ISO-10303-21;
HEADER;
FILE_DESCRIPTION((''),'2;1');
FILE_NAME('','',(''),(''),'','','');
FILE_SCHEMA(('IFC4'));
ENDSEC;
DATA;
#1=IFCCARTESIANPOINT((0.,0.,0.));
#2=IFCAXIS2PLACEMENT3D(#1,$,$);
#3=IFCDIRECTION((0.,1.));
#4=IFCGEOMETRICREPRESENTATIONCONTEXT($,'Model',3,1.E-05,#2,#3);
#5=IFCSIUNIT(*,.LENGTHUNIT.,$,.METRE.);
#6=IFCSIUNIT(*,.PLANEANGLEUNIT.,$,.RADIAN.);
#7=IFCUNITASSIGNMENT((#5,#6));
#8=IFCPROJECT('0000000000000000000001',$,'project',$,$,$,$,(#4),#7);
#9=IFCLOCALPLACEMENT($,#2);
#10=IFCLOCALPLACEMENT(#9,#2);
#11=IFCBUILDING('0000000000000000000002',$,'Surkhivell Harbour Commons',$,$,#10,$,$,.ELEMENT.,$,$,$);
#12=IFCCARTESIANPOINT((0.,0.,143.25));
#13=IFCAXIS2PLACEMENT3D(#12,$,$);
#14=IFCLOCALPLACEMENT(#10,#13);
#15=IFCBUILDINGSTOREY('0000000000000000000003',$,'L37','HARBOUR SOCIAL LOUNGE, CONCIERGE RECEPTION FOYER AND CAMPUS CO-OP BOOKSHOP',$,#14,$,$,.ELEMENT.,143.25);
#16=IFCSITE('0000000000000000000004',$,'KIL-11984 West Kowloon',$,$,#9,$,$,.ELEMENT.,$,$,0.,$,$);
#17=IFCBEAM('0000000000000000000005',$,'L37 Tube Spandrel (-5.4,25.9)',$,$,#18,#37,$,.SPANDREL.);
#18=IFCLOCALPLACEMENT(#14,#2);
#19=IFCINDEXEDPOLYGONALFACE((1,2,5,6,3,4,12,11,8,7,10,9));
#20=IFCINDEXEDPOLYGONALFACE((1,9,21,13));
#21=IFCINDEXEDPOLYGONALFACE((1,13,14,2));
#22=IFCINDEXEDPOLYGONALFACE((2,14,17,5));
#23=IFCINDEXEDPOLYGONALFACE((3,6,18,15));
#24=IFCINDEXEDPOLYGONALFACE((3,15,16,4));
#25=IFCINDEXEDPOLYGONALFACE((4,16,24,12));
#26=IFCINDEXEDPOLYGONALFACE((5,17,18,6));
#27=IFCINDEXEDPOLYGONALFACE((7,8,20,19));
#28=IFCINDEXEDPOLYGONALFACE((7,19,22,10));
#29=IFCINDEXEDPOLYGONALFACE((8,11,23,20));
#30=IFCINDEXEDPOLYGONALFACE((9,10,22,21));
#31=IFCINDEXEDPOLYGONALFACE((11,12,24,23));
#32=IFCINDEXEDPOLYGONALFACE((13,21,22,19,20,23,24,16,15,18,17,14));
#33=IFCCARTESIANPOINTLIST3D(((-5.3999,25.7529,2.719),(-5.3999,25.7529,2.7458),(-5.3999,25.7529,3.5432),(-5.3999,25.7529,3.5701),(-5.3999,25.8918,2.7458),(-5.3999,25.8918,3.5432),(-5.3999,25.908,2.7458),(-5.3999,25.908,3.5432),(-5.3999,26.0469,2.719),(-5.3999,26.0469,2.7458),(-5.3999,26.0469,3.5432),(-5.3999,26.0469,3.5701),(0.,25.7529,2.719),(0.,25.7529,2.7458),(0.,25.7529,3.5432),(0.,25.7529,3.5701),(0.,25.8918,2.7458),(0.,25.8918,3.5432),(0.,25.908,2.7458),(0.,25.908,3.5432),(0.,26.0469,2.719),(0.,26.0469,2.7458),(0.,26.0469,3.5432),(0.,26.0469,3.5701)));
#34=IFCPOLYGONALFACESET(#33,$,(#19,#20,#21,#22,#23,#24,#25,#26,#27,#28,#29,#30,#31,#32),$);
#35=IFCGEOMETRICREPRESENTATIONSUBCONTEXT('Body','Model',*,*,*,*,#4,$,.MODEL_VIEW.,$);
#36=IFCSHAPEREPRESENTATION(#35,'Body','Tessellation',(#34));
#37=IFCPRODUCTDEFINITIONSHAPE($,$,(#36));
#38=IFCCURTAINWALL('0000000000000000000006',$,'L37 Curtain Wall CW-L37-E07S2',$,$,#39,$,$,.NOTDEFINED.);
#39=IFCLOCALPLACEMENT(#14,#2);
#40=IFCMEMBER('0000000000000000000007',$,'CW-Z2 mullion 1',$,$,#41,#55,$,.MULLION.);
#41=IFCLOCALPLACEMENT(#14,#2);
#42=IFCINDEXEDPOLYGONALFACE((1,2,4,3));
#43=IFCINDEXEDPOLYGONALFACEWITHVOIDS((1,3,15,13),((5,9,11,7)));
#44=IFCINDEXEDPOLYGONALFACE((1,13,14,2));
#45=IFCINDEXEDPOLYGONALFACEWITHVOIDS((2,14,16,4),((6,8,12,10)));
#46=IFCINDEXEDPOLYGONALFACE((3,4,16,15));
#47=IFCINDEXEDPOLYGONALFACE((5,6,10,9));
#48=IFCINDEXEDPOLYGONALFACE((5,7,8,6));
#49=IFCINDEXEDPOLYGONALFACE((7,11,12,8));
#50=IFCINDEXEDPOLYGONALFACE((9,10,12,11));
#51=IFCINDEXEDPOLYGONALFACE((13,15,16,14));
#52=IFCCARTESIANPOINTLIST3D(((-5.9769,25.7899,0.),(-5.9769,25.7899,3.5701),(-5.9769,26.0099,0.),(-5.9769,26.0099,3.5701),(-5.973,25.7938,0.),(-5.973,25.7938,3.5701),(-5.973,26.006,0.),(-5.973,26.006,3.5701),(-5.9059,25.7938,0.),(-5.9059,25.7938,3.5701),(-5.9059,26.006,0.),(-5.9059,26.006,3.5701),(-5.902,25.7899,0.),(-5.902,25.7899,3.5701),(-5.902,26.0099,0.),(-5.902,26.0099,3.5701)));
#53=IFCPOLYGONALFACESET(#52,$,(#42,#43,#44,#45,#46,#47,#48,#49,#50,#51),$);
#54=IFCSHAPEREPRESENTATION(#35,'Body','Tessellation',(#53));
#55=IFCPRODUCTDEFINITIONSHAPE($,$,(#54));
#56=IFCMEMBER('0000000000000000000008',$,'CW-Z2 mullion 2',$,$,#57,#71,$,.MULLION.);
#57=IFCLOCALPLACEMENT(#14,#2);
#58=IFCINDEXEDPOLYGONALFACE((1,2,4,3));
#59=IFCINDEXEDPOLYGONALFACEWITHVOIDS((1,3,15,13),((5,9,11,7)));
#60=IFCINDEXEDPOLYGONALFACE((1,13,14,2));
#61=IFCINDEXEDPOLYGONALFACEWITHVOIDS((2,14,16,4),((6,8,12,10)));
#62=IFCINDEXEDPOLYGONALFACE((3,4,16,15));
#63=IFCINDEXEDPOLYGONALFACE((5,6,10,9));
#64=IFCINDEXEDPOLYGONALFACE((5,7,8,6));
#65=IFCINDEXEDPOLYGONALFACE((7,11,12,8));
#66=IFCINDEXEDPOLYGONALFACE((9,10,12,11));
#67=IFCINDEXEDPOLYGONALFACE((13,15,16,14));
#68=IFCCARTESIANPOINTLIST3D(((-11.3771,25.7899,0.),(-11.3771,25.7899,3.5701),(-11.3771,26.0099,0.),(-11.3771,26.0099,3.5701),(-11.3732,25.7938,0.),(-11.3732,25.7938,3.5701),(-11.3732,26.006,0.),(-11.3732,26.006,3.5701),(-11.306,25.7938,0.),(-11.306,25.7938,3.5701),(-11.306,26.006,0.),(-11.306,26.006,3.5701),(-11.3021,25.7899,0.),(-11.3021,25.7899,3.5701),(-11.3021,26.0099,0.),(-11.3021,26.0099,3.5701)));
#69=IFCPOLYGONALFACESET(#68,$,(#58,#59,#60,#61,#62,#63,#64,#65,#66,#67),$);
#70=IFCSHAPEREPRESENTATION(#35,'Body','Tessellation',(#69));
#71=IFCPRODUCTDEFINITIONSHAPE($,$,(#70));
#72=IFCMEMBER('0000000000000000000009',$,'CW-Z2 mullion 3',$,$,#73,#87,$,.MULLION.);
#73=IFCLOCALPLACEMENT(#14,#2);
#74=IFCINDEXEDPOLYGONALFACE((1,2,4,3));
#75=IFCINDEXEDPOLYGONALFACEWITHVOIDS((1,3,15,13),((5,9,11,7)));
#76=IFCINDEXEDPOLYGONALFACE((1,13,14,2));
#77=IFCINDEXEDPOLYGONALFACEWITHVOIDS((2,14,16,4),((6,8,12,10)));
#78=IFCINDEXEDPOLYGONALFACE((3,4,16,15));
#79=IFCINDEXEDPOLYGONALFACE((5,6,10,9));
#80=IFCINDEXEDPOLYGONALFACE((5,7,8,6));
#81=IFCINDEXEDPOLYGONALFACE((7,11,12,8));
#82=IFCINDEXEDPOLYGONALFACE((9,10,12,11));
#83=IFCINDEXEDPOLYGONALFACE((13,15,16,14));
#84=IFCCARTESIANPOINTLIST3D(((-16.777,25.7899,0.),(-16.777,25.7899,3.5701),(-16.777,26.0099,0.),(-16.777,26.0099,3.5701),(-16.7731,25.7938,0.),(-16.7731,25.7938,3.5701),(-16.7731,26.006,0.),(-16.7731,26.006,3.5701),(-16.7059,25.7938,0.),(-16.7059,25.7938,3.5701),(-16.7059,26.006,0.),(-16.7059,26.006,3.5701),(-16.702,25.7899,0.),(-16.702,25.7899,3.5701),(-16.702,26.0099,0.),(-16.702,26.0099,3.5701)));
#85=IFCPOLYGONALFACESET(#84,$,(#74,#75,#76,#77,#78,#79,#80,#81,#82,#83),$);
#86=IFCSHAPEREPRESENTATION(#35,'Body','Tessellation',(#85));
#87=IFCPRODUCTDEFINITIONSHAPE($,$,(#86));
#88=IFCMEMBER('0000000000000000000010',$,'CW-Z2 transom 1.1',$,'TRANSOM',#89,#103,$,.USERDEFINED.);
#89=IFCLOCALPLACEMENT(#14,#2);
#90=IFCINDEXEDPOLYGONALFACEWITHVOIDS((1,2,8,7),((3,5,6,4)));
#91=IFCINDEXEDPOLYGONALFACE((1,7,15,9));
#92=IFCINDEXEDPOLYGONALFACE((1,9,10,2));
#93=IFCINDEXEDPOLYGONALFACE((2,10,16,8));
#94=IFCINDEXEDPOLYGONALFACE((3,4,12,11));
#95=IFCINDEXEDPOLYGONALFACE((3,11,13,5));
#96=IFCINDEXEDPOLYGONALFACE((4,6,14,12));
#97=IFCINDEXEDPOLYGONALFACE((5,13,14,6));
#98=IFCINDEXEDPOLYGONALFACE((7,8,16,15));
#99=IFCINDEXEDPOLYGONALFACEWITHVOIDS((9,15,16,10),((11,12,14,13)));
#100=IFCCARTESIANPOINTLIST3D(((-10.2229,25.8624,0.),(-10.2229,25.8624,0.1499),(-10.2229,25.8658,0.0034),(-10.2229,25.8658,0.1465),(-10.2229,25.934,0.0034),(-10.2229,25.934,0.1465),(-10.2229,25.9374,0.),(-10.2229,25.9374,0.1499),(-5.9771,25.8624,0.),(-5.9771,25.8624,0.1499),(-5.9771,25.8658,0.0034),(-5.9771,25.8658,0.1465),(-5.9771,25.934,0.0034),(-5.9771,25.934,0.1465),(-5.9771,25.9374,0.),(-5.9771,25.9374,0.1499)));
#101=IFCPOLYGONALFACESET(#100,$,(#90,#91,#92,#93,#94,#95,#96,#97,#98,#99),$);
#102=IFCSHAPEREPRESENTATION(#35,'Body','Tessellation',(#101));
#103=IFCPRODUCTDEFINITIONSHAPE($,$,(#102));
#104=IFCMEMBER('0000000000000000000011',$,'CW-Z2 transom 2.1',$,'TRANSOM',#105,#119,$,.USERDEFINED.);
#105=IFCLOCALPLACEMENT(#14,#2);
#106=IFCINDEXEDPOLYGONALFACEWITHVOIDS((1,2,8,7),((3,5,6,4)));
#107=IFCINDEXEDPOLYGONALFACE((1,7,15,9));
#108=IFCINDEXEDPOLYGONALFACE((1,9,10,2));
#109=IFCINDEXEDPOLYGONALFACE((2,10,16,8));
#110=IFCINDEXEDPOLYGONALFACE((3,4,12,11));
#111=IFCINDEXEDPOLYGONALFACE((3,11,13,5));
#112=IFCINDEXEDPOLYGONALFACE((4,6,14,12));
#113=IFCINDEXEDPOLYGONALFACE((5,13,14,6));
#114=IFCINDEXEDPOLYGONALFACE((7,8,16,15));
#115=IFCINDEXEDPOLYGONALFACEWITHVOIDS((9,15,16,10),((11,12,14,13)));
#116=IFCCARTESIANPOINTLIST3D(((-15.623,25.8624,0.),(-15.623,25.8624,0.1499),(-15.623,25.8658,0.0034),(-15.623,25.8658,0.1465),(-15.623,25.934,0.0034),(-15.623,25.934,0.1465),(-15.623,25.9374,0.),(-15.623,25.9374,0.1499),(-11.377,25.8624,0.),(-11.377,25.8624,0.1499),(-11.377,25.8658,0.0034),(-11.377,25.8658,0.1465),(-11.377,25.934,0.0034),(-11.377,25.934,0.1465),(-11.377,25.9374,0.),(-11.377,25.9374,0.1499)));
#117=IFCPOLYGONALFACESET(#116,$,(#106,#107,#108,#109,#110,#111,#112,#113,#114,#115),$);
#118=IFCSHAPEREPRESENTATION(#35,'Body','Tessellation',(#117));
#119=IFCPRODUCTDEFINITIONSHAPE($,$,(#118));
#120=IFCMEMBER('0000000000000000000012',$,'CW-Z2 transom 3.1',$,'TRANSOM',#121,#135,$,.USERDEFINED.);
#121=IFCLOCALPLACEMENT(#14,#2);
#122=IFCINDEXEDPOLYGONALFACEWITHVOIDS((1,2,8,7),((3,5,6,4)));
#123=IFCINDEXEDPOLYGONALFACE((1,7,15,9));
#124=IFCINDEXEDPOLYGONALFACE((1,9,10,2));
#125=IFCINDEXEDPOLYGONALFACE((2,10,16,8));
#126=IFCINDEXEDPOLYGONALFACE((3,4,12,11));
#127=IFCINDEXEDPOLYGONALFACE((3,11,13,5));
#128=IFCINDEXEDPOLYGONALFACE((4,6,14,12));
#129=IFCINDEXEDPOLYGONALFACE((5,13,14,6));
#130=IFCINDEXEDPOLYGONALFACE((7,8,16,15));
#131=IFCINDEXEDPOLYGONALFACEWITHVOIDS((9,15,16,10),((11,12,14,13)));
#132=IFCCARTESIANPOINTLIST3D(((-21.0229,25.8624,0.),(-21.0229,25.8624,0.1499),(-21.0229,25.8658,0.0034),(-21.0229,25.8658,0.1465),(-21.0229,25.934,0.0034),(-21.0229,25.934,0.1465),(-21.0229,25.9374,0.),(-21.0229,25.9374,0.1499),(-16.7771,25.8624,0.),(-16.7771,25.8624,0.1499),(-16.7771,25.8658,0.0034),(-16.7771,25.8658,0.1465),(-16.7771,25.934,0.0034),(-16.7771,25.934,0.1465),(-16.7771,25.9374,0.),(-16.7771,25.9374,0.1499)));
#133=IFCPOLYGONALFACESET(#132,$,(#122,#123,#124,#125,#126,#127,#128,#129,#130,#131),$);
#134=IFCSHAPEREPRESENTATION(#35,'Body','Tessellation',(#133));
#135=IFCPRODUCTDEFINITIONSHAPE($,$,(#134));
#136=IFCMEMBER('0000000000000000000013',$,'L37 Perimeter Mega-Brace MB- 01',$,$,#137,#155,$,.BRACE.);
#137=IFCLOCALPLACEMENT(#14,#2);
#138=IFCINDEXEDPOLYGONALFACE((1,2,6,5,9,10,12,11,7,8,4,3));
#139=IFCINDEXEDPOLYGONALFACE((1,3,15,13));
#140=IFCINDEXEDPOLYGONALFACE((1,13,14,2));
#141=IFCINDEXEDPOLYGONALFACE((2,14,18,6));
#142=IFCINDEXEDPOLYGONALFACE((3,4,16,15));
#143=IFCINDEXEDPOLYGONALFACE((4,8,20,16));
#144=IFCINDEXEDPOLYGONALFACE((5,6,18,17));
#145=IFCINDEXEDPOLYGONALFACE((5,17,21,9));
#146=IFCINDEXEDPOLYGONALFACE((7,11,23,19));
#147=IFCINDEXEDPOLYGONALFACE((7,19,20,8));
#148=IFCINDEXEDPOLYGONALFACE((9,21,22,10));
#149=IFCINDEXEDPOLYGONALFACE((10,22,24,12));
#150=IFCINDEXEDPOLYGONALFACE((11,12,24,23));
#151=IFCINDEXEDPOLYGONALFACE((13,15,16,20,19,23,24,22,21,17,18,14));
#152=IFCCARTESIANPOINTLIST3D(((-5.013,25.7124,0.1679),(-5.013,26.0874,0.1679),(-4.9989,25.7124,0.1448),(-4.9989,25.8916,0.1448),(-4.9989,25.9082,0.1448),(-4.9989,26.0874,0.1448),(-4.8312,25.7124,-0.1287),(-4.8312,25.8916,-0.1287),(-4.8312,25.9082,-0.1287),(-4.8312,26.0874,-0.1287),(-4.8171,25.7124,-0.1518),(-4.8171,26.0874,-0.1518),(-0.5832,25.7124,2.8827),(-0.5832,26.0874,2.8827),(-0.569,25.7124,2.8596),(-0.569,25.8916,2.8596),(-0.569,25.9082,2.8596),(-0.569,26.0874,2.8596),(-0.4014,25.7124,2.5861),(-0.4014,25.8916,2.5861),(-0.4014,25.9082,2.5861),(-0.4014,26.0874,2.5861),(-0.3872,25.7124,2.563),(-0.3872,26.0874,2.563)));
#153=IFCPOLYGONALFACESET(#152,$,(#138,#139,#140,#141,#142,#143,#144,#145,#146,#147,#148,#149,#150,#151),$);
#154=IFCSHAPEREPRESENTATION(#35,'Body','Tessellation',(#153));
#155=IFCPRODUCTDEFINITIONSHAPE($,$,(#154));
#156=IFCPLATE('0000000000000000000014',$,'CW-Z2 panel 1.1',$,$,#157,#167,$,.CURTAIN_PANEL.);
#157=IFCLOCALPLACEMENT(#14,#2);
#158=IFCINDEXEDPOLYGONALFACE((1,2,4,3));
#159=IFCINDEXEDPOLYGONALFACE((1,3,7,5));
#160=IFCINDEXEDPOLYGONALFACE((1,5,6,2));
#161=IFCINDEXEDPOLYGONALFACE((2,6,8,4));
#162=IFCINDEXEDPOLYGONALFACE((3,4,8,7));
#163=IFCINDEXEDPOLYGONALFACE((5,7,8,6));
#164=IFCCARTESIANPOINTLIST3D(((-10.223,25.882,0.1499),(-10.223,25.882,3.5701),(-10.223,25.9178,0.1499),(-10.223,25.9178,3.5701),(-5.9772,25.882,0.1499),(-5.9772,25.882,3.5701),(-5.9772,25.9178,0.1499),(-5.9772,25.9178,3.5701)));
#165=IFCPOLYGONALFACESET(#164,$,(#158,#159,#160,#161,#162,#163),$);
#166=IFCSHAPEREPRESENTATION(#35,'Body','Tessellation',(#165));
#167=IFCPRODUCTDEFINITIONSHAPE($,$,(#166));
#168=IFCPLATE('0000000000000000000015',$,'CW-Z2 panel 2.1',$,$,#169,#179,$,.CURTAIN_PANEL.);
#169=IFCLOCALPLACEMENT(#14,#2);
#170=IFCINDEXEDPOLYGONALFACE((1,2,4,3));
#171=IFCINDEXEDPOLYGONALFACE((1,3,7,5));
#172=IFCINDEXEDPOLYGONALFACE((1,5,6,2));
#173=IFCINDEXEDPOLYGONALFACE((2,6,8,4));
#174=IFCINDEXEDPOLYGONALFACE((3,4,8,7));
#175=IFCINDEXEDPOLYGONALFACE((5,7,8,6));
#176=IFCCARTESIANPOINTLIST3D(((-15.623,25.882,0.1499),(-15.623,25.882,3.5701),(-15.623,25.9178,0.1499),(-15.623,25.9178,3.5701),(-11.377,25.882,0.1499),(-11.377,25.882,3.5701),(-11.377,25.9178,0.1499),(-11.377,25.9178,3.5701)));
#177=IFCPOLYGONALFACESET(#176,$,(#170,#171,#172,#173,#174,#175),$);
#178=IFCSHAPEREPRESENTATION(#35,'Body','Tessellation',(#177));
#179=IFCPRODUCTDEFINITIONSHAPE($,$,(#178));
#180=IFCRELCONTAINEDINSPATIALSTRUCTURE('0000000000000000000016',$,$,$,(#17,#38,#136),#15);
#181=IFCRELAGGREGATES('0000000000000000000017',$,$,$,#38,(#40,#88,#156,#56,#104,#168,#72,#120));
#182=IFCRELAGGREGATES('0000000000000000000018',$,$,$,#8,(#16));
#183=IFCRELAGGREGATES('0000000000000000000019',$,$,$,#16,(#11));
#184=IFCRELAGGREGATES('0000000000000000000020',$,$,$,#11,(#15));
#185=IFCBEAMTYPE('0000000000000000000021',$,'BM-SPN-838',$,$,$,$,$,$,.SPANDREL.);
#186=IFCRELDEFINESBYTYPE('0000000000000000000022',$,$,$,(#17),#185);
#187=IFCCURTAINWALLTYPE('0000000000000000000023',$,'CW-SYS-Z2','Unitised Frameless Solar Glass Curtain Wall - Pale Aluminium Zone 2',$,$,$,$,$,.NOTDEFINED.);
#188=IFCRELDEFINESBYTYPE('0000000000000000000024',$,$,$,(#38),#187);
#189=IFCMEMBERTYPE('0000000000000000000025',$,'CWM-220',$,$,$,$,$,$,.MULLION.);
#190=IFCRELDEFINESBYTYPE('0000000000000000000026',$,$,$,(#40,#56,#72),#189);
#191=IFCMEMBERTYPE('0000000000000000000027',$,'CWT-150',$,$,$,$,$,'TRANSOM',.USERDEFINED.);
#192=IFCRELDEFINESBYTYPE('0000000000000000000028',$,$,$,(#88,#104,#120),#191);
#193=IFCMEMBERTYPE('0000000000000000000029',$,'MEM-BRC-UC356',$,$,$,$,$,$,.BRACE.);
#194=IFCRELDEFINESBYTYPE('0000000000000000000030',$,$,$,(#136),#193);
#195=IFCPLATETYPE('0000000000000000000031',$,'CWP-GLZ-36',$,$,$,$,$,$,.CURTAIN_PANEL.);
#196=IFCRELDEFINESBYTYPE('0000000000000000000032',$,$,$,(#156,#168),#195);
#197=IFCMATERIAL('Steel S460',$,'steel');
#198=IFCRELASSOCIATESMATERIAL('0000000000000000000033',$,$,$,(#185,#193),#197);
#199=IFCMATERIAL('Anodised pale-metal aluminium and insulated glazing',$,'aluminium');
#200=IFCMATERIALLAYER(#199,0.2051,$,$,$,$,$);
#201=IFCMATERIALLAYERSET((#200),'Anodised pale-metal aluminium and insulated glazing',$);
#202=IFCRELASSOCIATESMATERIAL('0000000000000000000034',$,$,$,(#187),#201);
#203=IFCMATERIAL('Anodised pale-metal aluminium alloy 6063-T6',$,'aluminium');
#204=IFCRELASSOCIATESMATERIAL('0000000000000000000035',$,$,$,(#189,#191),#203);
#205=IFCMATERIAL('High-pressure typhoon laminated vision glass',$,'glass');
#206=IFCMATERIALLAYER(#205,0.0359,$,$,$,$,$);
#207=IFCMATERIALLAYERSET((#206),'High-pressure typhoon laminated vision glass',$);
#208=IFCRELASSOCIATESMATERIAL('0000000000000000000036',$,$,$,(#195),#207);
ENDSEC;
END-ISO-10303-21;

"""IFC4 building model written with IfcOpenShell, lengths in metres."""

from ifc_helpers import new_model, si_unit, direction, frame, frame_2d, origin, origin_2d, place, context, subcontext, project, spatial, rectangle, hollow_rectangle, i_section, extrude, material, layer, layer_set, material_profile, profile_set, type_object, element, aggregate, save


model = new_model("IFC4")

# Units and contexts
model_context = context("Model", 3, precision=1e-05, world=origin(), true_north=direction((0.0, 1.0)))
body_context = subcontext(model_context, "Body", "Model", "MODEL_VIEW")
ifc_project = project(units=[si_unit("LENGTHUNIT", "METRE"), si_unit("PLANEANGLEUNIT", "RADIAN")], contexts=[model_context])

# Site, building, storey
site_placement = place(None, origin())
site = spatial("IfcSite", under=ifc_project, at=site_placement, Name="KIL-11984 West Kowloon", CompositionType="ELEMENT", RefElevation=0.0)
building_placement = place(site_placement, origin())
building = spatial("IfcBuilding", under=site, at=building_placement, Name="Surkhivell Harbour Commons", CompositionType="ELEMENT")
storey_placement = place(building_placement, frame((0.0, 0.0, 143.25)))
storey = spatial("IfcBuildingStorey", under=building, at=storey_placement, Name="L37", Description="HARBOUR SOCIAL LOUNGE, CONCIERGE RECEPTION FOYER AND CAMPUS CO-OP BOOKSHOP", CompositionType="ELEMENT", Elevation=143.25)

# Beam
ifc_material_1 = material(Name="Steel S460", Category="steel")
ifc_material_profile_1 = material_profile(ifc_material_1, i_section(OverallWidth=0.2939, OverallDepth=0.8511, WebThickness=0.0161, FlangeThickness=0.0269, at=origin_2d()), Name="UB838x292x226")
ifc_profile_set_1 = profile_set([ifc_material_profile_1], Name="Steel S460")
beam_type_1 = type_object("IfcBeamType", Name="BM-SPN-838", PredefinedType="SPANDREL", material=ifc_profile_set_1)
beam_1_placement = place(storey_placement, frame((-5.3999, 25.8999, 3.1445), z_axis=(1.0, 0.0, 0.0), x_axis=(0.0, 1.0, 0.0)))
element("IfcBeam", 1, at=beam_1_placement, inside=storey, type_object=beam_type_1, Name="L37 Tube Spandrel (-5.4,25.9)", PredefinedType="SPANDREL", context=body_context, shape_type="SweptSolid", body=[
    extrude(i_section(OverallWidth=0.2939, OverallDepth=0.8511, WebThickness=0.0161, FlangeThickness=0.0269, at=origin_2d()), origin(), (0.0, 0.0, 1.0), 5.3999),
])

# Curtain wall, members
ifc_material_2 = material(Name="Anodised pale-metal aluminium and insulated glazing", Category="aluminium")
ifc_layer_1 = layer(ifc_material_2, 0.2051)
ifc_layer_set_1 = layer_set([ifc_layer_1], Name="Anodised pale-metal aluminium and insulated glazing")
curtain_wall_type = type_object("IfcCurtainWallType", Name="CW-SYS-Z2", Description="Unitised Frameless Solar Glass Curtain Wall - Pale Aluminium Zone 2", PredefinedType="NOTDEFINED", material=ifc_layer_set_1)
curtain_wall_placement = place(storey_placement, origin())
curtain_wall = element("IfcCurtainWall", 2, at=curtain_wall_placement, inside=storey, type_object=curtain_wall_type, Name="L37 Curtain Wall CW-L37-E07S2", PredefinedType="NOTDEFINED")
ifc_material_3 = material(Name="Anodised pale-metal aluminium alloy 6063-T6", Category="aluminium")
ifc_material_profile_2 = material_profile(ifc_material_3, hollow_rectangle(XDim=0.075, YDim=0.22, WallThickness=0.0039, at=origin_2d()), Name="ALU-MULL-75x220")
ifc_profile_set_2 = profile_set([ifc_material_profile_2], Name="Anodised pale-metal aluminium alloy 6063-T6")
member_type_1 = type_object("IfcMemberType", Name="CWM-220", PredefinedType="MULLION", material=ifc_profile_set_2)
member_1_placement = place(storey_placement, frame((-5.9395, 25.8999, 0.0), z_axis=(0.0, 0.0, 1.0), x_axis=(-1.0, 0.0, 0.0)))
member_1 = element("IfcMember", 3, at=member_1_placement, type_object=member_type_1, Name="CW-Z2 mullion 1", PredefinedType="MULLION", context=body_context, shape_type="SweptSolid", body=[
    extrude(hollow_rectangle(XDim=0.075, YDim=0.22, WallThickness=0.0039, at=origin_2d()), origin(), (0.0, 0.0, 1.0), 3.5701),
])
member_2_placement = place(storey_placement, frame((-11.3396, 25.8999, 0.0), z_axis=(0.0, 0.0, 1.0), x_axis=(-1.0, 0.0, 0.0)))
member_2 = element("IfcMember", 4, at=member_2_placement, type_object=member_type_1, Name="CW-Z2 mullion 2", PredefinedType="MULLION", context=body_context, shape_type="SweptSolid", body=[
    extrude(hollow_rectangle(XDim=0.075, YDim=0.22, WallThickness=0.0039, at=origin_2d()), origin(), (0.0, 0.0, 1.0), 3.5701),
])
member_3_placement = place(storey_placement, frame((-16.7395, 25.8999, 0.0), z_axis=(0.0, 0.0, 1.0), x_axis=(-1.0, 0.0, 0.0)))
member_3 = element("IfcMember", 5, at=member_3_placement, type_object=member_type_1, Name="CW-Z2 mullion 3", PredefinedType="MULLION", context=body_context, shape_type="SweptSolid", body=[
    extrude(hollow_rectangle(XDim=0.075, YDim=0.22, WallThickness=0.0039, at=origin_2d()), origin(), (0.0, 0.0, 1.0), 3.5701),
])
ifc_material_profile_3 = material_profile(ifc_material_3, hollow_rectangle(XDim=0.075, YDim=0.1499, WallThickness=0.0034, at=origin_2d()), Name="ALU-TRAN-75x150")
ifc_profile_set_3 = profile_set([ifc_material_profile_3], Name="Anodised pale-metal aluminium alloy 6063-T6")
member_type_2 = type_object("IfcMemberType", Name="CWT-150", ElementType="TRANSOM", PredefinedType="USERDEFINED", material=ifc_profile_set_3)
member_4_placement = place(storey_placement, frame((-5.9771, 25.8999, 0.075), z_axis=(-1.0, 0.0, 0.0), x_axis=(0.0, -1.0, 0.0)))
member_4 = element("IfcMember", 6, at=member_4_placement, type_object=member_type_2, Name="CW-Z2 transom 1.1", ObjectType="TRANSOM", PredefinedType="USERDEFINED", context=body_context, shape_type="SweptSolid", body=[
    extrude(hollow_rectangle(XDim=0.075, YDim=0.1499, WallThickness=0.0034, at=origin_2d()), origin(), (0.0, 0.0, 1.0), 4.2458),
])
member_5_placement = place(storey_placement, frame((-11.377, 25.8999, 0.075), z_axis=(-1.0, 0.0, 0.0), x_axis=(0.0, -1.0, 0.0)))
member_5 = element("IfcMember", 7, at=member_5_placement, type_object=member_type_2, Name="CW-Z2 transom 2.1", ObjectType="TRANSOM", PredefinedType="USERDEFINED", context=body_context, shape_type="SweptSolid", body=[
    extrude(hollow_rectangle(XDim=0.075, YDim=0.1499, WallThickness=0.0034, at=origin_2d()), origin(), (0.0, 0.0, 1.0), 4.2461),
])
member_6_placement = place(storey_placement, frame((-16.7771, 25.8999, 0.075), z_axis=(-1.0, 0.0, 0.0), x_axis=(0.0, -1.0, 0.0)))
member_6 = element("IfcMember", 8, at=member_6_placement, type_object=member_type_2, Name="CW-Z2 transom 3.1", ObjectType="TRANSOM", PredefinedType="USERDEFINED", context=body_context, shape_type="SweptSolid", body=[
    extrude(hollow_rectangle(XDim=0.075, YDim=0.1499, WallThickness=0.0034, at=origin_2d()), origin(), (0.0, 0.0, 1.0), 4.2458),
])

# Member
ifc_material_profile_4 = material_profile(ifc_material_1, i_section(OverallWidth=0.375, OverallDepth=0.375, WebThickness=0.0166, FlangeThickness=0.0271, at=origin_2d()), Name="UC356x368x202")
ifc_profile_set_4 = profile_set([ifc_material_profile_4], Name="Steel S460")
member_type_3 = type_object("IfcMemberType", Name="MEM-BRC-UC356", PredefinedType="BRACE", material=ifc_profile_set_4)
member_7_placement = place(storey_placement, frame((-4.915, 25.8999, 0.0081), z_axis=(0.852625, 0.0, 0.522523), x_axis=(0.0, 1.0, 0.0)))
element("IfcMember", 9, at=member_7_placement, inside=storey, type_object=member_type_3, Name="L37 Perimeter Mega-Brace MB- 01", PredefinedType="BRACE", context=body_context, shape_type="SweptSolid", body=[
    extrude(i_section(OverallWidth=0.375, OverallDepth=0.375, WebThickness=0.0166, FlangeThickness=0.0271, at=origin_2d()), origin(), (0.0, 0.0, 1.0), 5.1956),
])

# Plates
ifc_material_4 = material(Name="High-pressure typhoon laminated vision glass", Category="glass")
ifc_layer_2 = layer(ifc_material_4, 0.0359)
ifc_layer_set_2 = layer_set([ifc_layer_2], Name="High-pressure typhoon laminated vision glass")
plate_type_1 = type_object("IfcPlateType", Name="CWP-GLZ-36", PredefinedType="CURTAIN_PANEL", material=ifc_layer_set_2)
plate_1_placement = place(storey_placement, frame((-5.9771, 25.8999, 0.1499), z_axis=(0.0, 0.0, 1.0), x_axis=(-1.0, 0.0, 0.0)))
plate_1 = element("IfcPlate", 10, at=plate_1_placement, type_object=plate_type_1, Name="CW-Z2 panel 1.1", PredefinedType="CURTAIN_PANEL", context=body_context, shape_type="SweptSolid", body=[
    extrude(rectangle(XDim=4.2458, YDim=0.0359, at=frame_2d((2.123, 0.0))), origin(), (0.0, 0.0, 1.0), 3.4202),
])
plate_2_placement = place(storey_placement, frame((-11.377, 25.8999, 0.1499), z_axis=(0.0, 0.0, 1.0), x_axis=(-1.0, 0.0, 0.0)))
plate_2 = element("IfcPlate", 11, at=plate_2_placement, type_object=plate_type_1, Name="CW-Z2 panel 2.1", PredefinedType="CURTAIN_PANEL", context=body_context, shape_type="SweptSolid", body=[
    extrude(rectangle(XDim=4.2461, YDim=0.0359, at=frame_2d((2.123, 0.0))), origin(), (0.0, 0.0, 1.0), 3.4202),
])
aggregate(curtain_wall, [member_1, member_4, plate_1, member_2, member_5, plate_2, member_3, member_6])

save(model, "model.ifc")
